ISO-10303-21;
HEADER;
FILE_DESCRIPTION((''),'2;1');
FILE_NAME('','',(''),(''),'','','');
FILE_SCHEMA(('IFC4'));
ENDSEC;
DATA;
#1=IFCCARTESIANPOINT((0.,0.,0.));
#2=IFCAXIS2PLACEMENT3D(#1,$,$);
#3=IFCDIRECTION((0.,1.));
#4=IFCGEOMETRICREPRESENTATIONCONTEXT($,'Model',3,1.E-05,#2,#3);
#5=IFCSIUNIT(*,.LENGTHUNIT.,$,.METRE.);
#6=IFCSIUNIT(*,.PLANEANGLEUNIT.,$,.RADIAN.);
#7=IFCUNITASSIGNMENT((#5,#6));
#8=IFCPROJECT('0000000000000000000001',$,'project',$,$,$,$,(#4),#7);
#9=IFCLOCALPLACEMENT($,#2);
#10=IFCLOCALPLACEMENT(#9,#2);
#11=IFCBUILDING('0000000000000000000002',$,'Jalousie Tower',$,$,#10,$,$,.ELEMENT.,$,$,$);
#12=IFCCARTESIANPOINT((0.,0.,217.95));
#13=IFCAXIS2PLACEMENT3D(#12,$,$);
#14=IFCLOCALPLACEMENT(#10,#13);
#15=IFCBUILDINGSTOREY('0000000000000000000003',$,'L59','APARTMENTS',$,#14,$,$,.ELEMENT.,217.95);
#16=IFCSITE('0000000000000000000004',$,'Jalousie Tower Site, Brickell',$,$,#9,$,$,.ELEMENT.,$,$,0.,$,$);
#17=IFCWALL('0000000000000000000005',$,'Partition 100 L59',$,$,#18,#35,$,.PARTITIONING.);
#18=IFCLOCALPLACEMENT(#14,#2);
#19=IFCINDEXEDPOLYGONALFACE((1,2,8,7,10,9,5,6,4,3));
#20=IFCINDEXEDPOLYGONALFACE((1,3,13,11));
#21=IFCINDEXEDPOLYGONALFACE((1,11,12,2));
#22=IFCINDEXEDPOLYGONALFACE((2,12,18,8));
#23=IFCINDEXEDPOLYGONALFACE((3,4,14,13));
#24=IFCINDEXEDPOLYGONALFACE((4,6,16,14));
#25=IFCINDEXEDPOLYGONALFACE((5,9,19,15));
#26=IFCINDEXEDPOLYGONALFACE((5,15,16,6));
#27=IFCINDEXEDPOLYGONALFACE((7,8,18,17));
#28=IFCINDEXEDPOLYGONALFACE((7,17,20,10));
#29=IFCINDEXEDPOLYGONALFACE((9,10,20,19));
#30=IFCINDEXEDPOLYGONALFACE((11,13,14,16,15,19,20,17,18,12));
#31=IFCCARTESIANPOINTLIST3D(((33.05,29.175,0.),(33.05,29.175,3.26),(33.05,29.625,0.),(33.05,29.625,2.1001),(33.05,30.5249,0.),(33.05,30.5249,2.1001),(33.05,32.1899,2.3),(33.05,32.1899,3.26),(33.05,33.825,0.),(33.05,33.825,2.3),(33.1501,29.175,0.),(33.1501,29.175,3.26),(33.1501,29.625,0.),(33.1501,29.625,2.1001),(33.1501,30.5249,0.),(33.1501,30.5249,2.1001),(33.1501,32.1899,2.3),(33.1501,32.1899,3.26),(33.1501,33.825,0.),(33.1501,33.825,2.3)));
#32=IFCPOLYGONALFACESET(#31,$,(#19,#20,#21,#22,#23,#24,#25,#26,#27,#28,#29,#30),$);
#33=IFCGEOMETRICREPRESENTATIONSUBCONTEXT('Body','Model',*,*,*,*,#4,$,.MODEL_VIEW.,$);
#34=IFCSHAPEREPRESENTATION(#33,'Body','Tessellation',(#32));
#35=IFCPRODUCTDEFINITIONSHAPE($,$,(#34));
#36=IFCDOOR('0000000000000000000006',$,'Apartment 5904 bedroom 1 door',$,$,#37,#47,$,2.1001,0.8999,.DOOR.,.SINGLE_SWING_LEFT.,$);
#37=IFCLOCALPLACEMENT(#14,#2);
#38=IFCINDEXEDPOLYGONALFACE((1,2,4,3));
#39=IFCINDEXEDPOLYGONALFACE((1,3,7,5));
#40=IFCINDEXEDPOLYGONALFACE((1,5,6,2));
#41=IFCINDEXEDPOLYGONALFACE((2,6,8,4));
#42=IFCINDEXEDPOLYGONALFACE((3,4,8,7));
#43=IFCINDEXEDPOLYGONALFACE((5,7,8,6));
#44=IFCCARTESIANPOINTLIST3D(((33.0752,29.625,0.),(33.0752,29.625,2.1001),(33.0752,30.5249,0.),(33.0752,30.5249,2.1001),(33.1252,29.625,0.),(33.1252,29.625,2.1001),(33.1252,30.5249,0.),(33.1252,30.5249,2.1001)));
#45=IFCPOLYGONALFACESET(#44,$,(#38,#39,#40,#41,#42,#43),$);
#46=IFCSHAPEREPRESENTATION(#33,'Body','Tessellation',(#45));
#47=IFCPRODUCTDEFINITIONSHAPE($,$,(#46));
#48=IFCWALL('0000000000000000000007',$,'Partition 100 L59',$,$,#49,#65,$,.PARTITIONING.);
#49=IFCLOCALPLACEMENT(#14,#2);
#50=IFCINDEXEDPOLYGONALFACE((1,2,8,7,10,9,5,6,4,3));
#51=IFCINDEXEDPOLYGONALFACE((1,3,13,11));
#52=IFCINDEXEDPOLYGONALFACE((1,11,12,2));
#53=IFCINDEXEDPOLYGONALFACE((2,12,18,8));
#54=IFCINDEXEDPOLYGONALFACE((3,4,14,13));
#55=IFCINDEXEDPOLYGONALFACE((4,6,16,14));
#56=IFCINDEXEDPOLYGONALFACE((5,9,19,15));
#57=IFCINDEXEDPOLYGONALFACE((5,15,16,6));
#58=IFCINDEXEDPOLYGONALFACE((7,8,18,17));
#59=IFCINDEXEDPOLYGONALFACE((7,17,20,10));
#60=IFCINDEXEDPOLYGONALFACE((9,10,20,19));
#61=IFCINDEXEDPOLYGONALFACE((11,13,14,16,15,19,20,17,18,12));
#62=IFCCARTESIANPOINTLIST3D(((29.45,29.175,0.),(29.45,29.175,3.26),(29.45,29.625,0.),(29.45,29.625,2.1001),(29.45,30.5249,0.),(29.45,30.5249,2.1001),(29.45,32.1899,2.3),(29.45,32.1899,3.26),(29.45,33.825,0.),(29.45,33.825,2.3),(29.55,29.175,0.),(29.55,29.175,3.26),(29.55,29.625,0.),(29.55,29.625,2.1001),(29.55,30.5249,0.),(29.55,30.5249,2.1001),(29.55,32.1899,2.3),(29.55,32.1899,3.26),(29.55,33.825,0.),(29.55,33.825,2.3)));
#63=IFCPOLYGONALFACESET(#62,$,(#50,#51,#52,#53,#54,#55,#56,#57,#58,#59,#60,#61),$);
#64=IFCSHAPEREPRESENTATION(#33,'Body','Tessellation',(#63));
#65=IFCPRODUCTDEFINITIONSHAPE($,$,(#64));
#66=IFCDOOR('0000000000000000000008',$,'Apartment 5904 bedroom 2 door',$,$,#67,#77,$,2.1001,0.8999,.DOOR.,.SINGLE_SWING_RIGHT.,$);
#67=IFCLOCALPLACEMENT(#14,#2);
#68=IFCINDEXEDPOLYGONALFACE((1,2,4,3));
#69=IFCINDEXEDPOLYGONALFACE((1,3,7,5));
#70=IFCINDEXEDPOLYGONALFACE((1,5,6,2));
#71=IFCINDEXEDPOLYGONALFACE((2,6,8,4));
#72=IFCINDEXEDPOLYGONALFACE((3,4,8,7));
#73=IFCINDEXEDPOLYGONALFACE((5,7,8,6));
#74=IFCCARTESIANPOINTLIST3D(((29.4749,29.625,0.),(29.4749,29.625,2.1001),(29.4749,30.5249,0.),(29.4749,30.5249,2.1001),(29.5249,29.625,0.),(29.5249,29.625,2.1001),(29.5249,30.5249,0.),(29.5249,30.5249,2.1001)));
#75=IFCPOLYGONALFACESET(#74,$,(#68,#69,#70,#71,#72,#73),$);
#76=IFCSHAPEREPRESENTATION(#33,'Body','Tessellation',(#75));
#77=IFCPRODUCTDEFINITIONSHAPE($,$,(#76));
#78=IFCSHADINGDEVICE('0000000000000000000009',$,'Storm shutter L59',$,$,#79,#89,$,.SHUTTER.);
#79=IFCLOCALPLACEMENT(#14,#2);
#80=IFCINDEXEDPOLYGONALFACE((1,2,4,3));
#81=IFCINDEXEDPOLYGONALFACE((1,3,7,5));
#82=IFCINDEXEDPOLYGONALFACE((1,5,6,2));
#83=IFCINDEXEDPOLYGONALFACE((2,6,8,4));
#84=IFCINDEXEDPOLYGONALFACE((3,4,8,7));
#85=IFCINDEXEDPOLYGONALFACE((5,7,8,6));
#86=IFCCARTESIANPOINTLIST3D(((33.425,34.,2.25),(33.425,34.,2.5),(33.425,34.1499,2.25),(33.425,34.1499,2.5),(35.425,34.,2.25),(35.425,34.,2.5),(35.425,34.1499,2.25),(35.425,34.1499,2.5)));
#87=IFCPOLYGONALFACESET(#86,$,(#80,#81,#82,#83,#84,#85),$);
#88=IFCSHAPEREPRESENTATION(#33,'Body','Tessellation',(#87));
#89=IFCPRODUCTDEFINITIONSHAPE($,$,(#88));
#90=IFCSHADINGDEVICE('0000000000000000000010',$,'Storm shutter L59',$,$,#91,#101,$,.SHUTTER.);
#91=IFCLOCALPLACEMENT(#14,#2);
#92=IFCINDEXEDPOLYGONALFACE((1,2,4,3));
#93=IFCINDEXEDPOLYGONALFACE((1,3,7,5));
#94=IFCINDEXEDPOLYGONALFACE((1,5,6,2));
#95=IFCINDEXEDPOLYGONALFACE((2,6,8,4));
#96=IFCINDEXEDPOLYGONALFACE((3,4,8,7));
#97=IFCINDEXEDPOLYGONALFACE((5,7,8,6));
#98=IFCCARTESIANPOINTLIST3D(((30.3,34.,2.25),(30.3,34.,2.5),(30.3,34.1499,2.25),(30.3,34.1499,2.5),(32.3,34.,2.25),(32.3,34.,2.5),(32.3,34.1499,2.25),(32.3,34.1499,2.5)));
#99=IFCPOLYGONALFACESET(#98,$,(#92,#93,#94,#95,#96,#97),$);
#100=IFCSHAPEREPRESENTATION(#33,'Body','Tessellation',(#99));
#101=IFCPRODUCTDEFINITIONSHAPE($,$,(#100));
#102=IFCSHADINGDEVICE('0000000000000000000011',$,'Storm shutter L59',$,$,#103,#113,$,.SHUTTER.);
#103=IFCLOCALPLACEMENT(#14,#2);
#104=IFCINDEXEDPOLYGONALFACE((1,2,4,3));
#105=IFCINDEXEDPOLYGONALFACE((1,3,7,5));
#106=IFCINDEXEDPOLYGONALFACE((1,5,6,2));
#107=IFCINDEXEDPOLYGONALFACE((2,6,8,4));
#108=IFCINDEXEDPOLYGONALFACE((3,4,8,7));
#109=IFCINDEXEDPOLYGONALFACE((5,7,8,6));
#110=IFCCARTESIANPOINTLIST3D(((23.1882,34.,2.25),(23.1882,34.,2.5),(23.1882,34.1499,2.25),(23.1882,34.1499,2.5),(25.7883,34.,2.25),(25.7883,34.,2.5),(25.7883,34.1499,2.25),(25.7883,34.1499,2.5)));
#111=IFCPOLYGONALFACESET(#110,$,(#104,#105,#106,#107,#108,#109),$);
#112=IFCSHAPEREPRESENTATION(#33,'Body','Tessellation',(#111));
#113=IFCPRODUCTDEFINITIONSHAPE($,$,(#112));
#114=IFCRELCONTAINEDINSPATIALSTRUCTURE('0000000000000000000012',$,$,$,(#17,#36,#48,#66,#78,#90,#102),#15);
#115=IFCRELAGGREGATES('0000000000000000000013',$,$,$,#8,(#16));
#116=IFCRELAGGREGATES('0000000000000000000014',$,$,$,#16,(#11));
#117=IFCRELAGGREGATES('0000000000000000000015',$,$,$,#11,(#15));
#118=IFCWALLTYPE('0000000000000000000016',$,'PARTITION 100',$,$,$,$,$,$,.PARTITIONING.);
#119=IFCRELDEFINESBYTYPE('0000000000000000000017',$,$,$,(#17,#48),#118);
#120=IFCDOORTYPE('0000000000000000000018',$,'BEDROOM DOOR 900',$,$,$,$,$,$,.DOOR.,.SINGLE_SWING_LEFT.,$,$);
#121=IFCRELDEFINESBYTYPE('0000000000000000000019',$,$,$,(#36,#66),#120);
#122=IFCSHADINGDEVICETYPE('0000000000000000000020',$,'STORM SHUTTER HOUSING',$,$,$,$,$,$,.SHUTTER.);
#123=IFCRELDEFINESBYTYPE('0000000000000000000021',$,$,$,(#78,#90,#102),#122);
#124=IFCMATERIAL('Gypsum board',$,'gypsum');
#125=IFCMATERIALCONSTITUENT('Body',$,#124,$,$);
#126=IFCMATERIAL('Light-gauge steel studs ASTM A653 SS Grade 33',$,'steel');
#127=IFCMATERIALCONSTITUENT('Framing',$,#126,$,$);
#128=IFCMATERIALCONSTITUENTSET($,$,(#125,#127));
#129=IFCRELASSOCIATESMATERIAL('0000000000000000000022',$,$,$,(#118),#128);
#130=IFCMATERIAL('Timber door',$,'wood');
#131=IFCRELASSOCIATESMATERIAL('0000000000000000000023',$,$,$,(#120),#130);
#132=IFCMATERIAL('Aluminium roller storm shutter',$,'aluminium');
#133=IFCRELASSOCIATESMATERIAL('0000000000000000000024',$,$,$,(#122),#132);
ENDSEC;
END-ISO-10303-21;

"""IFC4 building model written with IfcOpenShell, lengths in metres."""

from ifc_helpers import new_model, si_unit, direction, frame, frame_2d, origin, origin_2d, place, context, subcontext, project, spatial, polyline, rectangle, outline, extrude, material, constituent, constituent_set, type_object, element, fill, save


model = new_model("IFC4")

# Units and contexts
model_context = context("Model", 3, precision=1e-05, world=origin(), true_north=direction((0.0, 1.0)))
body_context = subcontext(model_context, "Body", "Model", "MODEL_VIEW")
ifc_project = project(units=[si_unit("LENGTHUNIT", "METRE"), si_unit("PLANEANGLEUNIT", "RADIAN")], contexts=[model_context])

# Site, building, storey
site_placement = place(None, origin())
site = spatial("IfcSite", under=ifc_project, at=site_placement, Name="Jalousie Tower Site, Brickell", CompositionType="ELEMENT", RefElevation=0.0)
building_placement = place(site_placement, origin())
building = spatial("IfcBuilding", under=site, at=building_placement, Name="Jalousie Tower", CompositionType="ELEMENT")
storey_placement = place(building_placement, frame((0.0, 0.0, 217.95)))
storey = spatial("IfcBuildingStorey", under=building, at=storey_placement, Name="L59", Description="APARTMENTS", CompositionType="ELEMENT", Elevation=217.95)

# Walls, openings, doors
ifc_material_1 = material(Name="Gypsum board", Category="gypsum")
ifc_constituent_1 = constituent(ifc_material_1, Name="Body")
ifc_material_2 = material(Name="Light-gauge steel studs ASTM A653 SS Grade 33", Category="steel")
ifc_constituent_2 = constituent(ifc_material_2, Name="Framing")
ifc_constituent_set_1 = constituent_set(constituents=[ifc_constituent_1, ifc_constituent_2])
wall_type_1 = type_object("IfcWallType", Name="PARTITION 100", PredefinedType="PARTITIONING", material=ifc_constituent_set_1)
wall_1_placement = place(storey_placement, frame((33.1001, 33.825, 0.0), z_axis=(0.0, 0.0, 1.0), x_axis=(0.0, -1.0, 0.0)))
wall_1 = element("IfcWall", 1, at=wall_1_placement, inside=storey, type_object=wall_type_1, Name="Partition 100 L59", PredefinedType="PARTITIONING", context=body_context, shape_type="SweptSolid", body=[
    extrude(outline(polyline([(0.0, 0.0), (4.6499, 0.0), (4.6499, 3.26), (1.635, 3.26), (1.635, 2.3), (0.0, 2.3), (0.0, 3.26), (0.0, 0.0)])), frame((0.0, 0.05, 0.0), z_axis=(0.0, -1.0, 0.0), x_axis=(1.0, 0.0, 0.0)), (0.0, 0.0, 1.0), 0.1001),
])
opening_1_placement = place(wall_1_placement, frame((3.3, 0.0, 0.0)))
opening_1 = element("IfcOpeningElement", 2, at=opening_1_placement, cuts=wall_1, PredefinedType="OPENING", context=body_context, shape_type="SweptSolid", body=[
    extrude(rectangle(XDim=0.8999, YDim=2.1001, at=frame_2d((0.45, 1.05))), frame((0.0, 0.0601, 0.0), z_axis=(0.0, -1.0, 0.0), x_axis=(1.0, 0.0, 0.0)), (0.0, 0.0, 1.0), 0.1201),
])
ifc_material_3 = material(Name="Timber door", Category="wood")
door_type_1 = type_object("IfcDoorType", Name="BEDROOM DOOR 900", OperationType="SINGLE_SWING_LEFT", PredefinedType="DOOR", material=ifc_material_3)
door_1_placement = place(opening_1_placement, frame((0.8999, 0.0, 0.0), z_axis=(0.0, 0.0, 1.0), x_axis=(-1.0, 0.0, 0.0)))
door_1 = element("IfcDoor", 3, at=door_1_placement, inside=storey, type_object=door_type_1, Name="Apartment 5904 bedroom 1 door", OperationType="SINGLE_SWING_LEFT", OverallHeight=2.1001, OverallWidth=0.8999, PredefinedType="DOOR", context=body_context, shape_type="SweptSolid", body=[
    extrude(rectangle(XDim=0.8999, YDim=2.1001, at=frame_2d((0.45, 1.05))), frame((0.0, 0.0249, 0.0), z_axis=(0.0, -1.0, 0.0), x_axis=(1.0, 0.0, 0.0)), (0.0, 0.0, 1.0), 0.05),
])
fill(opening_1, door_1)
wall_2_placement = place(storey_placement, frame((29.5, 33.825, 0.0), z_axis=(0.0, 0.0, 1.0), x_axis=(0.0, -1.0, 0.0)))
wall_2 = element("IfcWall", 4, at=wall_2_placement, inside=storey, type_object=wall_type_1, Name="Partition 100 L59", PredefinedType="PARTITIONING", context=body_context, shape_type="SweptSolid", body=[
    extrude(outline(polyline([(0.0, 0.0), (4.6499, 0.0), (4.6499, 3.26), (1.635, 3.26), (1.635, 2.3), (0.0, 2.3), (0.0, 3.26), (0.0, 0.0)])), frame((0.0, 0.05, 0.0), z_axis=(0.0, -1.0, 0.0), x_axis=(1.0, 0.0, 0.0)), (0.0, 0.0, 1.0), 0.1001),
])
opening_2_placement = place(wall_2_placement, frame((3.3, 0.0, 0.0)))
opening_2 = element("IfcOpeningElement", 5, at=opening_2_placement, cuts=wall_2, PredefinedType="OPENING", context=body_context, shape_type="SweptSolid", body=[
    extrude(rectangle(XDim=0.8999, YDim=2.1001, at=frame_2d((0.45, 1.05))), frame((0.0, 0.0601, 0.0), z_axis=(0.0, -1.0, 0.0), x_axis=(1.0, 0.0, 0.0)), (0.0, 0.0, 1.0), 0.1201),
])
door_2_placement = place(opening_2_placement, origin())
door_2 = element("IfcDoor", 6, at=door_2_placement, inside=storey, type_object=door_type_1, Name="Apartment 5904 bedroom 2 door", OperationType="SINGLE_SWING_RIGHT", OverallHeight=2.1001, OverallWidth=0.8999, PredefinedType="DOOR", context=body_context, shape_type="SweptSolid", body=[
    extrude(rectangle(XDim=0.8999, YDim=2.1001, at=frame_2d((0.45, 1.05))), frame((0.0, 0.0249, 0.0), z_axis=(0.0, -1.0, 0.0), x_axis=(1.0, 0.0, 0.0)), (0.0, 0.0, 1.0), 0.05),
])
fill(opening_2, door_2)

# Shading devices
ifc_material_4 = material(Name="Aluminium roller storm shutter", Category="aluminium")
shading_device_type = type_object("IfcShadingDeviceType", Name="STORM SHUTTER HOUSING", PredefinedType="SHUTTER", material=ifc_material_4)
for number, where, z_axis, x_axis, name in (
    (7, (34.425, 34.075, 2.25), (0.0, 0.0, 1.0), (-1.0, 0.0, 0.0), "Storm shutter L59"),
    (8, (31.3, 34.075, 2.25), (0.0, 0.0, 1.0), (-1.0, 0.0, 0.0), "Storm shutter L59"),
):
    element("IfcShadingDevice", number, at=place(storey_placement, frame(where, z_axis=z_axis, x_axis=x_axis)), inside=storey, type_object=shading_device_type, Name=name, PredefinedType="SHUTTER", context=body_context, shape_type="SweptSolid", body=[
        extrude(rectangle(XDim=2.0, YDim=0.1499, at=origin_2d()), origin(), (0.0, 0.0, 1.0), 0.25),
    ])
shading_device_placement = place(storey_placement, frame((24.4883, 34.075, 2.25), z_axis=(0.0, 0.0, 1.0), x_axis=(-1.0, 0.0, 0.0)))
element("IfcShadingDevice", 9, at=shading_device_placement, inside=storey, type_object=shading_device_type, Name="Storm shutter L59", PredefinedType="SHUTTER", context=body_context, shape_type="SweptSolid", body=[
    extrude(rectangle(XDim=2.6001, YDim=0.1499, at=origin_2d()), origin(), (0.0, 0.0, 1.0), 0.25),
])

save(model, "model.ifc")
